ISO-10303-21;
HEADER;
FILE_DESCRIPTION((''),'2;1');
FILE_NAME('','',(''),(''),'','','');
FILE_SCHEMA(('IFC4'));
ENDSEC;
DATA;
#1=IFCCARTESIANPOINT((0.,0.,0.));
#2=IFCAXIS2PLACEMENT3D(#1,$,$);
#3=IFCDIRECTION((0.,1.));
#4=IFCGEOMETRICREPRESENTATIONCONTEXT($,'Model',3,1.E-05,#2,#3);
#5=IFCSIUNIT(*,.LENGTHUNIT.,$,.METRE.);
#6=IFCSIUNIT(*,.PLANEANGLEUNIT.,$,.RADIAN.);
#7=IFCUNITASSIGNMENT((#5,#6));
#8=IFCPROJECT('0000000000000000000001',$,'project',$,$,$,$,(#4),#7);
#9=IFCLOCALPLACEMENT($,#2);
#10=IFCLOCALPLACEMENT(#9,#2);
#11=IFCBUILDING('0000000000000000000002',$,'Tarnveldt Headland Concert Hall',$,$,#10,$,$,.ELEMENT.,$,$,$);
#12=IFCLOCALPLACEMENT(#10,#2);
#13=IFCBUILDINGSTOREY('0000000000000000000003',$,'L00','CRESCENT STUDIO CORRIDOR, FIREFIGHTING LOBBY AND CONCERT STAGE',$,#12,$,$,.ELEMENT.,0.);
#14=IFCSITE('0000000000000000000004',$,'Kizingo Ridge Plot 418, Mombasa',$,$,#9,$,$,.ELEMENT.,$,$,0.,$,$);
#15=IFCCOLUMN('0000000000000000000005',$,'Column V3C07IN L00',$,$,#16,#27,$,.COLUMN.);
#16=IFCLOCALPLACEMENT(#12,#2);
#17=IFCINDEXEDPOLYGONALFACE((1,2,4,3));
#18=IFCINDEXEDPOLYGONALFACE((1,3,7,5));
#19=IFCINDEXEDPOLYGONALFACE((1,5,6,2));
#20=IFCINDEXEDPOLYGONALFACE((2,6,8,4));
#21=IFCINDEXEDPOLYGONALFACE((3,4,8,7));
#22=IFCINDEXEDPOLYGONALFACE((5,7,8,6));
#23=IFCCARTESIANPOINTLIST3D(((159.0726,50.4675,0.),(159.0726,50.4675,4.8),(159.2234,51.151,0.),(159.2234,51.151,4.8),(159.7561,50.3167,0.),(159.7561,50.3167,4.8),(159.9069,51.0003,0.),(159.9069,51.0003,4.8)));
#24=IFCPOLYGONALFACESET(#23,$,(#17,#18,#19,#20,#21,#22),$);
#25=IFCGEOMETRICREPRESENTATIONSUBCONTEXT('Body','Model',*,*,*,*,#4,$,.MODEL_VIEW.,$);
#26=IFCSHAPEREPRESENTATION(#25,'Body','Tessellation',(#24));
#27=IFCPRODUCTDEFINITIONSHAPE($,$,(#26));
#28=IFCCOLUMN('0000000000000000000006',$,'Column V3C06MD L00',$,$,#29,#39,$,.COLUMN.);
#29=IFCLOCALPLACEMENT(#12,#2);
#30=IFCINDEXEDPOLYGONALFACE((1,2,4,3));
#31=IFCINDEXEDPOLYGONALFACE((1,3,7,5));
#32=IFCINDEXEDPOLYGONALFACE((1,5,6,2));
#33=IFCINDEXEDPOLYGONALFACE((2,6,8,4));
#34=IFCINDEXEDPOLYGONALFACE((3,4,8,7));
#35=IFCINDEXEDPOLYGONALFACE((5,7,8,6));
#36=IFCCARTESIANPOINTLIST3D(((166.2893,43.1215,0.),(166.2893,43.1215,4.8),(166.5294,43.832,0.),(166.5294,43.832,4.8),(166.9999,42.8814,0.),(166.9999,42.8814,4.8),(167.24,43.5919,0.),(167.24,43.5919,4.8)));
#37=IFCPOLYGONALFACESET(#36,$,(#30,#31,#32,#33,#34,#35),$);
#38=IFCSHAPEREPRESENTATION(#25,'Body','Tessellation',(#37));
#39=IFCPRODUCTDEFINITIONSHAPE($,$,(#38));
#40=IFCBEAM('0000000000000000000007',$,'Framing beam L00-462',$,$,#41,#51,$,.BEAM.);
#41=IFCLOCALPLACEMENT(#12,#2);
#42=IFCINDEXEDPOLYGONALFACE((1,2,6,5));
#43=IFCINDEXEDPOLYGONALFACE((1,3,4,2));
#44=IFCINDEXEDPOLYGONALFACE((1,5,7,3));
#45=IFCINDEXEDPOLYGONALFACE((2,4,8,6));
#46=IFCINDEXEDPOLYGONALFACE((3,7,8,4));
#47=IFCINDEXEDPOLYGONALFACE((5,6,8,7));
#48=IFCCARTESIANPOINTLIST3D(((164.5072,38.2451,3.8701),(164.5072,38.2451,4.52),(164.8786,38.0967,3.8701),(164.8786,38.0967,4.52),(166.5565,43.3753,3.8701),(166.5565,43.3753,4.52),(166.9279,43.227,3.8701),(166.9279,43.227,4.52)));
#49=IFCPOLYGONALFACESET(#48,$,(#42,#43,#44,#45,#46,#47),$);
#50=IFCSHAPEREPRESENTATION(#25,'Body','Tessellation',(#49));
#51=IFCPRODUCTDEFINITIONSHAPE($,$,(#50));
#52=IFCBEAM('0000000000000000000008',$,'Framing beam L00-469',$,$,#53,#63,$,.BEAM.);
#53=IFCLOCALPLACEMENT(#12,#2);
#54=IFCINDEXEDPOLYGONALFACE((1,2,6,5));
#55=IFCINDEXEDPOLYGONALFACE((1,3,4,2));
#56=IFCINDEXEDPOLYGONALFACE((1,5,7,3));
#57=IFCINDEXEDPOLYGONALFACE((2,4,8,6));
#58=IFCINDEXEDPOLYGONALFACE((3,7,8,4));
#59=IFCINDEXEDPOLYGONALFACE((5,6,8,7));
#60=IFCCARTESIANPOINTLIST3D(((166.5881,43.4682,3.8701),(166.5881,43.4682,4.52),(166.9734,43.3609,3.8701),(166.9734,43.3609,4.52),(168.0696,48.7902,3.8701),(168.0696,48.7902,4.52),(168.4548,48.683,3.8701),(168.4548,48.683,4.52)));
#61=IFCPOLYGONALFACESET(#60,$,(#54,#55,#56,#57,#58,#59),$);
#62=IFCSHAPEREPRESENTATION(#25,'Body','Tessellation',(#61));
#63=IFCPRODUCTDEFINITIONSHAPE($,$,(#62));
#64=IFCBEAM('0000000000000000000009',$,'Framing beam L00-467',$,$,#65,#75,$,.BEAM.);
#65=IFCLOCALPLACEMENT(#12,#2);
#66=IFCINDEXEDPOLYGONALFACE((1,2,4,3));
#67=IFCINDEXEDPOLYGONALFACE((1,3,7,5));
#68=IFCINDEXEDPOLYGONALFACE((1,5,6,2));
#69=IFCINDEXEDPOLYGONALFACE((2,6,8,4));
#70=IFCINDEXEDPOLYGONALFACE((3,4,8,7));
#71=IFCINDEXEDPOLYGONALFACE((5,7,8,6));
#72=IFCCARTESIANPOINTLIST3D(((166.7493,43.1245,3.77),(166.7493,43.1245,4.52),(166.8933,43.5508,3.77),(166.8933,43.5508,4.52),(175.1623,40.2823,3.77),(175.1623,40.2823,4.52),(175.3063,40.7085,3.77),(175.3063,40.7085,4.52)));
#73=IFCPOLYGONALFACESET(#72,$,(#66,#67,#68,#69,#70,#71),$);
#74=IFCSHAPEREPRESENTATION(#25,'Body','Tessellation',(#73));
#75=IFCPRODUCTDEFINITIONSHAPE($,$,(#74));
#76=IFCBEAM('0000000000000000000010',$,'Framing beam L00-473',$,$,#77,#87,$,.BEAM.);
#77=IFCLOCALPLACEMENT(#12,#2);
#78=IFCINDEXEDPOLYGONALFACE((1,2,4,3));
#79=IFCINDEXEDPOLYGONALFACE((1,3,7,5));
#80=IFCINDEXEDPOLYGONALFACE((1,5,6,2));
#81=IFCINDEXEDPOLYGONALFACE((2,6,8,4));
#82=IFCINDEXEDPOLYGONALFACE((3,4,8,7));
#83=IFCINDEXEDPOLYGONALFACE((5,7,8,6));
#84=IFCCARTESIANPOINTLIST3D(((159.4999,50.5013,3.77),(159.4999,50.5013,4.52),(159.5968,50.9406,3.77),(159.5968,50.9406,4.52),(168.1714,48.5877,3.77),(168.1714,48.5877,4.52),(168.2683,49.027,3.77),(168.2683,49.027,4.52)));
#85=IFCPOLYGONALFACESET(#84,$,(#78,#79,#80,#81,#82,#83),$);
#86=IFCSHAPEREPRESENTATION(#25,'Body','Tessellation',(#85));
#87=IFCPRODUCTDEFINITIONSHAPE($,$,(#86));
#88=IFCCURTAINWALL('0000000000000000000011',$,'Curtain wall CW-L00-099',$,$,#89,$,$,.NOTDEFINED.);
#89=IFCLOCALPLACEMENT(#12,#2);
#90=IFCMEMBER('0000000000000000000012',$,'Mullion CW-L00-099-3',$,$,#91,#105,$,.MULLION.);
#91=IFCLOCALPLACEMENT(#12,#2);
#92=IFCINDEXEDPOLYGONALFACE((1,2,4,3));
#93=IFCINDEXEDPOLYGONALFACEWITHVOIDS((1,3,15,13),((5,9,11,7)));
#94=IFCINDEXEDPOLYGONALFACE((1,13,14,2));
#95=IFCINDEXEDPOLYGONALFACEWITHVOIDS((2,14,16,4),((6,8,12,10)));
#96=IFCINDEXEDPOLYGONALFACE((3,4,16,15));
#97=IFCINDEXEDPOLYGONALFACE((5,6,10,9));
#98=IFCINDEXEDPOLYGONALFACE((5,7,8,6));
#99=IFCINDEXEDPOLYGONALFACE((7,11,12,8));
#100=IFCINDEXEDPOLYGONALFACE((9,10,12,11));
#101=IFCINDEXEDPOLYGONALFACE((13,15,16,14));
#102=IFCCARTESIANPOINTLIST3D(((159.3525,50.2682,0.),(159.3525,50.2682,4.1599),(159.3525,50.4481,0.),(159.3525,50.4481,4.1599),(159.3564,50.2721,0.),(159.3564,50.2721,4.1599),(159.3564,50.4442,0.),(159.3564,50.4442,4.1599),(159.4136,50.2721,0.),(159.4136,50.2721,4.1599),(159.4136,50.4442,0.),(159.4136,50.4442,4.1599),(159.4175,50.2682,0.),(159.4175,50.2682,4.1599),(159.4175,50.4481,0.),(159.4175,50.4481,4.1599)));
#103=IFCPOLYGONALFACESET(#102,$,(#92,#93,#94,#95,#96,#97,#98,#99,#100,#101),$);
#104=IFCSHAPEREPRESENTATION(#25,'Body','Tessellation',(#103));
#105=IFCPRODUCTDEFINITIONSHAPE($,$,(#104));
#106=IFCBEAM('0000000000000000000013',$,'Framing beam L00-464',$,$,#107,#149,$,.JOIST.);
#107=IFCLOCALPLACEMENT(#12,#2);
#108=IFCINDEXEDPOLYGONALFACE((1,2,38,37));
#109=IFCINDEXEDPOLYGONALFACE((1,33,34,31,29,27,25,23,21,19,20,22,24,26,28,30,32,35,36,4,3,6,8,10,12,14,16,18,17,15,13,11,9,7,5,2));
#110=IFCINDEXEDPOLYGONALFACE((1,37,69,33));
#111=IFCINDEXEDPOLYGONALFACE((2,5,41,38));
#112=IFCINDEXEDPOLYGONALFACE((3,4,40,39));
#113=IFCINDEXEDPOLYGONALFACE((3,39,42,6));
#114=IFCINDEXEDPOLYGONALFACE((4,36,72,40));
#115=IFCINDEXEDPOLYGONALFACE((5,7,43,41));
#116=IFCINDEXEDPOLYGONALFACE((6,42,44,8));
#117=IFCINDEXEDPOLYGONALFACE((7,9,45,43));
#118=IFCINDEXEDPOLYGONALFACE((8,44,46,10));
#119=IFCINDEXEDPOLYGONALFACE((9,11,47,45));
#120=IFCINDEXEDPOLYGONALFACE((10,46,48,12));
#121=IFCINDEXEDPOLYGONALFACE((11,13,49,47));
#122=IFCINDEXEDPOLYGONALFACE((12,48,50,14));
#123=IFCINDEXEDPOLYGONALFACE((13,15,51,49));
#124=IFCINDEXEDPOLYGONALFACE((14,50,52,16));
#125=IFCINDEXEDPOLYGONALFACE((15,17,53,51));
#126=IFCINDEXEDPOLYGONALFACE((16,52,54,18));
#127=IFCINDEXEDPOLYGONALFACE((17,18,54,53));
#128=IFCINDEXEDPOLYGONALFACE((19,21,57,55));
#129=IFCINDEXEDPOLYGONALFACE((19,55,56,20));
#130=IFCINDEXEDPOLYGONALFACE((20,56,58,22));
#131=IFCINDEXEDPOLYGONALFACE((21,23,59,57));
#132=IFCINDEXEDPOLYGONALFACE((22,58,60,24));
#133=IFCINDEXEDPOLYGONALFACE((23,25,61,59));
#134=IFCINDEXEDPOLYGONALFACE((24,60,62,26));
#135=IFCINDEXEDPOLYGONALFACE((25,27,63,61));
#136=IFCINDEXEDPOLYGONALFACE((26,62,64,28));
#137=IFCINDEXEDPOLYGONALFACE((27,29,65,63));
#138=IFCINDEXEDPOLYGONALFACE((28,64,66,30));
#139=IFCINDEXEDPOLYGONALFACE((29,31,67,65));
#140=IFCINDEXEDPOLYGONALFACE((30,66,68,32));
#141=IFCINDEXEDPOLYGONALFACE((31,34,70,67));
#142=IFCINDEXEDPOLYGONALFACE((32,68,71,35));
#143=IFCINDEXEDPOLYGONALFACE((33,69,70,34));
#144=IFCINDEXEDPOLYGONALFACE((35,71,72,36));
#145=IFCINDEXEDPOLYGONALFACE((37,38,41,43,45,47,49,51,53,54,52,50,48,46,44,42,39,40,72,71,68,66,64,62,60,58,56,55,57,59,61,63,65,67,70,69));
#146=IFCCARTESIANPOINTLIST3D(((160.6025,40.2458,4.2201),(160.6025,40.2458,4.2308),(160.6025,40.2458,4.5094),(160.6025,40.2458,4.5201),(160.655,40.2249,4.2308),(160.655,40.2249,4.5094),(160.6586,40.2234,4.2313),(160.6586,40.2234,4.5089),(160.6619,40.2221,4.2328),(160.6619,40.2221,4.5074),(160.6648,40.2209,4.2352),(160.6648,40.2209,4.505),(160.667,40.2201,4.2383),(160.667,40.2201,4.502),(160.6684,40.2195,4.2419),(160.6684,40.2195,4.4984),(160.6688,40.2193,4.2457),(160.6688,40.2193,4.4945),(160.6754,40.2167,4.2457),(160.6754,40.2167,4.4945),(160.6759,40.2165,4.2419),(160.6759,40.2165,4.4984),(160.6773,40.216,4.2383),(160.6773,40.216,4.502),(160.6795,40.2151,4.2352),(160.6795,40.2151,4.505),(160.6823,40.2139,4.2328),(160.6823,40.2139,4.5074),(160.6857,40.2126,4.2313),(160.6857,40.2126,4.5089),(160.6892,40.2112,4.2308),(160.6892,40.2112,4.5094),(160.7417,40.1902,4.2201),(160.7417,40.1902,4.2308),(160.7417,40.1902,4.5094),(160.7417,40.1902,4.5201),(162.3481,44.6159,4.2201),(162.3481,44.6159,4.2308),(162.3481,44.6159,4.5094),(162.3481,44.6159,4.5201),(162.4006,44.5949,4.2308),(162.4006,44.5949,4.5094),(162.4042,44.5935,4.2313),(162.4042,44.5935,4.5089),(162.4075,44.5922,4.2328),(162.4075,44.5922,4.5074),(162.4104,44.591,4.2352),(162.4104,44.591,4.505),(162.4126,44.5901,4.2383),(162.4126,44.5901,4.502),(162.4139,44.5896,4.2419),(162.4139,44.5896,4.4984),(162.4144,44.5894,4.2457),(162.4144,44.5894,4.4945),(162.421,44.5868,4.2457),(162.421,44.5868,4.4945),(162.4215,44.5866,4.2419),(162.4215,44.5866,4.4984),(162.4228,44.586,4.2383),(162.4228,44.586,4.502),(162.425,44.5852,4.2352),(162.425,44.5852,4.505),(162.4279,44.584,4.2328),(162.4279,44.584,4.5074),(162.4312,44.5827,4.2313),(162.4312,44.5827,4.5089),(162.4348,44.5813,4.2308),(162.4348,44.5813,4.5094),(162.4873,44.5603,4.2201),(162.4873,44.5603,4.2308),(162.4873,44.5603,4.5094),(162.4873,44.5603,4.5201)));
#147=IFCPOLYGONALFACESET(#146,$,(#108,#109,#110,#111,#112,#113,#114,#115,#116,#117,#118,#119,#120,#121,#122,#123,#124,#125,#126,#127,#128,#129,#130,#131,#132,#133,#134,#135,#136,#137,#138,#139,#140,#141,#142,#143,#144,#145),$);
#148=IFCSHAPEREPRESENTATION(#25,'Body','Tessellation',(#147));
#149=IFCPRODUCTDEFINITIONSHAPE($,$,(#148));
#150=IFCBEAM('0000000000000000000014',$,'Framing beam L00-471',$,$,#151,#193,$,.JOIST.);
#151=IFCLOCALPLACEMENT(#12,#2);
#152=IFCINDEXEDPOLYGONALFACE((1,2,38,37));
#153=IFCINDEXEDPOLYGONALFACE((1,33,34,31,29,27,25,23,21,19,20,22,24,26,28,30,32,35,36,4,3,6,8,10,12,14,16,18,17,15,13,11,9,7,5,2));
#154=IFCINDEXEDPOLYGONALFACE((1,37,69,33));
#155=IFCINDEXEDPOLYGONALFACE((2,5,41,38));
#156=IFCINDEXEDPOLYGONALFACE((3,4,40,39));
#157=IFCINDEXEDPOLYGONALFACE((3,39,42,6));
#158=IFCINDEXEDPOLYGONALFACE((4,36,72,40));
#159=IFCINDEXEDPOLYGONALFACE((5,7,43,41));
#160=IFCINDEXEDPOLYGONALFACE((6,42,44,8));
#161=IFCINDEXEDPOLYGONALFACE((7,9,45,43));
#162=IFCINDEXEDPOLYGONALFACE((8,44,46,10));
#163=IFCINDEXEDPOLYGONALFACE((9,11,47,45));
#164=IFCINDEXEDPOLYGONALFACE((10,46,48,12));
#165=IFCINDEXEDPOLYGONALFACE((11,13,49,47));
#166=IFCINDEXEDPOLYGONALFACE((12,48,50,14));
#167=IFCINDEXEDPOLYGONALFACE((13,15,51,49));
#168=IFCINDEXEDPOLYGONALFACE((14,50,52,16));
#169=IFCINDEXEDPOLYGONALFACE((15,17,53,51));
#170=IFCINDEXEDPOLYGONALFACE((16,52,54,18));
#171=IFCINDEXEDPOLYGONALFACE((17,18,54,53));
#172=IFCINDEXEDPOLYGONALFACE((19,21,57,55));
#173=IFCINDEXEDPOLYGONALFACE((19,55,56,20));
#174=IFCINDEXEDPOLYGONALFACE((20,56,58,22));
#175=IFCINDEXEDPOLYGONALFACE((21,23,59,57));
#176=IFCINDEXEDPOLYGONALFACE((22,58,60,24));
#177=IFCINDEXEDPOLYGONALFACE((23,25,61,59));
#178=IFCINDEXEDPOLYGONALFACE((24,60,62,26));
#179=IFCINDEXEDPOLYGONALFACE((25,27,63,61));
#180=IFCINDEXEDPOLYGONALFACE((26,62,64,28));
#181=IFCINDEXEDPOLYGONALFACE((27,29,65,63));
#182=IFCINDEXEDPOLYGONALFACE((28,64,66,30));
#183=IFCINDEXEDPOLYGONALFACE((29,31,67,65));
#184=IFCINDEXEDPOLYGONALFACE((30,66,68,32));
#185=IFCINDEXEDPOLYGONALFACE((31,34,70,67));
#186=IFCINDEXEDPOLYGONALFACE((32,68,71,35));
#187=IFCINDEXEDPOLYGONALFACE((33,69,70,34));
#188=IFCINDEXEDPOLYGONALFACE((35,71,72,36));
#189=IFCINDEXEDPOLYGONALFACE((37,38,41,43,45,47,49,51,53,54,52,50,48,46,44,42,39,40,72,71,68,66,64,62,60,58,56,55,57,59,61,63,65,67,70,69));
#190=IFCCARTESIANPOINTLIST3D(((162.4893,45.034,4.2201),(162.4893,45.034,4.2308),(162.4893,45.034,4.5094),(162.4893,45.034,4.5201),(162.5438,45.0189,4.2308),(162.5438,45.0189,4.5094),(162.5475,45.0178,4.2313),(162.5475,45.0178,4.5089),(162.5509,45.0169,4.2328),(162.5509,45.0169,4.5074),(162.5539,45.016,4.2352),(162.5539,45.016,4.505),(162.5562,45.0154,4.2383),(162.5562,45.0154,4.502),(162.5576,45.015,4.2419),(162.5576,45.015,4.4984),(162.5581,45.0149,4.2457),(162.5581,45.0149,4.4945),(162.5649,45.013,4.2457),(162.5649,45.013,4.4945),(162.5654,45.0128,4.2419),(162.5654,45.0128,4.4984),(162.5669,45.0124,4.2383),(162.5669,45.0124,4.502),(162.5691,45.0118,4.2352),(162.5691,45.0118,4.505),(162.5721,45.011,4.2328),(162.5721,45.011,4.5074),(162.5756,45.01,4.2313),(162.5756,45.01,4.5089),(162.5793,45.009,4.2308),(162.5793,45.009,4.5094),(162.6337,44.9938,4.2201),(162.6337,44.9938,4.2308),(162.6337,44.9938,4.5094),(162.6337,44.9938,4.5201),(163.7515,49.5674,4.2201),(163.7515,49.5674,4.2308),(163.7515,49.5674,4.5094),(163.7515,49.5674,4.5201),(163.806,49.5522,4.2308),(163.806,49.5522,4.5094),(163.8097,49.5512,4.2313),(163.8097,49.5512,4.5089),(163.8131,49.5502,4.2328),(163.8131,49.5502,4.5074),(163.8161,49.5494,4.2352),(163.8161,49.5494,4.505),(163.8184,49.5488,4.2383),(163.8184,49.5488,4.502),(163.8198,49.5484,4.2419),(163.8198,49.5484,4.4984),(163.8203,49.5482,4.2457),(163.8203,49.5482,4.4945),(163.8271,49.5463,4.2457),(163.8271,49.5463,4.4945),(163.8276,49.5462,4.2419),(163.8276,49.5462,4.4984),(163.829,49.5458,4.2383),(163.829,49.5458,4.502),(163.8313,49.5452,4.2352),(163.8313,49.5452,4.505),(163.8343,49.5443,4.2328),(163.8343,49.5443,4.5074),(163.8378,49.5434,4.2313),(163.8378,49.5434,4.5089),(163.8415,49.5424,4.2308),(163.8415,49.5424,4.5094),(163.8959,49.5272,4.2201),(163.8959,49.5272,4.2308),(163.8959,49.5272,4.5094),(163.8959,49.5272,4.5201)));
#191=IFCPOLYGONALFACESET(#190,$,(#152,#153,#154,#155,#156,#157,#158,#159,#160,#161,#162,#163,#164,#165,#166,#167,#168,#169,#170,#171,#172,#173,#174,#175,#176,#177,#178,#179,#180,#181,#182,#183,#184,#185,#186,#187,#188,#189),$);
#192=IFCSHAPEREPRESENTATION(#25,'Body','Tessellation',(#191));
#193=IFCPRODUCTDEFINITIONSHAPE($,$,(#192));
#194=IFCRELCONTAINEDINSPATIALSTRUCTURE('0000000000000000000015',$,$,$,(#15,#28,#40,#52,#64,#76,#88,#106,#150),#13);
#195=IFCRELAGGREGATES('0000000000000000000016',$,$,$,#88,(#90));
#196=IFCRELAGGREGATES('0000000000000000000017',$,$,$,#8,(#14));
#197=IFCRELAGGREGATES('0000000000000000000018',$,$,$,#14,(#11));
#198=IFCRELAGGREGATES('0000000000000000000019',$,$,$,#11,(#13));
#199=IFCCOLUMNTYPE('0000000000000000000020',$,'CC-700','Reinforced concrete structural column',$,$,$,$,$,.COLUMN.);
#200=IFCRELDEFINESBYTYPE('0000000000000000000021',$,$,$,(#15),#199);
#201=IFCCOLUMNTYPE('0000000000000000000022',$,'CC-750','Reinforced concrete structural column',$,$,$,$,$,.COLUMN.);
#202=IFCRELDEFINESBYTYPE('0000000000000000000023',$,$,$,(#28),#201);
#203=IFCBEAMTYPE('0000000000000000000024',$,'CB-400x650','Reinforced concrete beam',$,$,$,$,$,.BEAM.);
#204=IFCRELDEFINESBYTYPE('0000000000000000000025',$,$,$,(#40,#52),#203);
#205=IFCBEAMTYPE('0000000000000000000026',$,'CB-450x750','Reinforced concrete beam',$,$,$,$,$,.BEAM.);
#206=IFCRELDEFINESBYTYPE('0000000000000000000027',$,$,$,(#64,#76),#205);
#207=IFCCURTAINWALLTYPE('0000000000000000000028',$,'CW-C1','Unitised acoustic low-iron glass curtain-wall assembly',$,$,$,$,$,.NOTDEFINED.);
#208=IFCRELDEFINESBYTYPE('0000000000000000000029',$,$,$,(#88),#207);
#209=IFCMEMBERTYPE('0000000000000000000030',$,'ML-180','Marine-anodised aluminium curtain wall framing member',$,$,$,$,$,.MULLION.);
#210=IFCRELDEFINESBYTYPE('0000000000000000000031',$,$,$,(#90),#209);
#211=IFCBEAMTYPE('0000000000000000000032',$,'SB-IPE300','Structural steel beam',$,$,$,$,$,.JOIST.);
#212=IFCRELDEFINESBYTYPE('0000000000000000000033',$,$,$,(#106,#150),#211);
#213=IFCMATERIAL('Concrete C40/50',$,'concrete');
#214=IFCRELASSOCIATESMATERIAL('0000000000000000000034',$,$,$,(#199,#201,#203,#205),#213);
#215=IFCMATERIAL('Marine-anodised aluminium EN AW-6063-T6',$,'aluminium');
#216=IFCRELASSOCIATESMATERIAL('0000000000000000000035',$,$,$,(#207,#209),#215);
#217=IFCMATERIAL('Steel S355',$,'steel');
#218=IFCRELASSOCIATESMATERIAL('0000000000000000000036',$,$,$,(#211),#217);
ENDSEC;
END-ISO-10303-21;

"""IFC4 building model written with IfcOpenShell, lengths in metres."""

from ifc_helpers import new_model, si_unit, direction, frame, origin, origin_2d, place, context, subcontext, project, spatial, rectangle, hollow_rectangle, i_section, extrude, material, material_profile, profile_set, type_object, element, aggregate, save


model = new_model("IFC4")

# Units and contexts
model_context = context("Model", 3, precision=1e-05, world=origin(), true_north=direction((0.0, 1.0)))
body_context = subcontext(model_context, "Body", "Model", "MODEL_VIEW")
ifc_project = project(units=[si_unit("LENGTHUNIT", "METRE"), si_unit("PLANEANGLEUNIT", "RADIAN")], contexts=[model_context])

# Site, building, storey
site_placement = place(None, origin())
site = spatial("IfcSite", under=ifc_project, at=site_placement, Name="Kizingo Ridge Plot 418, Mombasa", CompositionType="ELEMENT", RefElevation=0.0)
building_placement = place(site_placement, origin())
building = spatial("IfcBuilding", under=site, at=building_placement, Name="Tarnveldt Headland Concert Hall", CompositionType="ELEMENT")
storey_placement = place(building_placement, origin())
storey = spatial("IfcBuildingStorey", under=building, at=storey_placement, Name="L00", Description="CRESCENT STUDIO CORRIDOR, FIREFIGHTING LOBBY AND CONCERT STAGE", CompositionType="ELEMENT", Elevation=0.0)

# Columns
ifc_material_1 = material(Name="Concrete C40/50", Category="concrete")
ifc_material_profile_1 = material_profile(ifc_material_1, rectangle(XDim=0.7, YDim=0.7, at=origin_2d()), Name="RC 700x700", Category="concrete")
ifc_profile_set_1 = profile_set([ifc_material_profile_1], Name="Concrete C40/50")
column_type_1 = type_object("IfcColumnType", Name="CC-700", Description="Reinforced concrete structural column", PredefinedType="COLUMN", material=ifc_profile_set_1)
column_1_placement = place(storey_placement, frame((159.4897, 50.7339, 0.0), z_axis=(0.0, 0.0, 1.0), x_axis=(0.976522, -0.215417, 0.0)))
element("IfcColumn", 1, at=column_1_placement, inside=storey, type_object=column_type_1, Name="Column V3C07IN L00", PredefinedType="COLUMN", context=body_context, shape_type="SweptSolid", body=[
    extrude(rectangle(XDim=0.7, YDim=0.7, at=origin_2d()), origin(), (0.0, 0.0, 1.0), 4.8),
])
ifc_material_profile_2 = material_profile(ifc_material_1, rectangle(XDim=0.75, YDim=0.75, at=origin_2d()), Name="RC 750x750", Category="concrete")
ifc_profile_set_2 = profile_set([ifc_material_profile_2], Name="Concrete C40/50")
column_type_2 = type_object("IfcColumnType", Name="CC-750", Description="Reinforced concrete structural column", PredefinedType="COLUMN", material=ifc_profile_set_2)
column_2_placement = place(storey_placement, frame((166.7646, 43.3567, 0.0), z_axis=(0.0, 0.0, 1.0), x_axis=(0.947378, -0.320117, 0.0)))
element("IfcColumn", 2, at=column_2_placement, inside=storey, type_object=column_type_2, Name="Column V3C06MD L00", PredefinedType="COLUMN", context=body_context, shape_type="SweptSolid", body=[
    extrude(rectangle(XDim=0.75, YDim=0.75, at=origin_2d()), origin(), (0.0, 0.0, 1.0), 4.8),
])

# Beams
ifc_material_profile_3 = material_profile(ifc_material_1, rectangle(XDim=0.3999, YDim=0.6499, at=origin_2d()), Name="RC 400x650", Category="concrete")
ifc_profile_set_3 = profile_set([ifc_material_profile_3], Name="Concrete C40/50")
beam_type_1 = type_object("IfcBeamType", Name="CB-400x650", Description="Reinforced concrete beam", PredefinedType="BEAM", material=ifc_profile_set_3)
for number, where, z_axis, x_axis, name in (
    (3, (164.6929, 38.1709, 4.1951), (0.370964, 0.928647, 0.0), (-0.928647, 0.370964, 0.0), "Framing beam L00-462"),
    (4, (166.7808, 43.4146, 4.1951), (0.268166, 0.963373, 0.0), (-0.963373, 0.268166, 0.0), "Framing beam L00-469"),
):
    element("IfcBeam", number, at=place(storey_placement, frame(where, z_axis=z_axis, x_axis=x_axis)), inside=storey, type_object=beam_type_1, Name=name, PredefinedType="BEAM", context=body_context, shape_type="SweptSolid", body=[
        extrude(rectangle(XDim=0.3999, YDim=0.6499, at=origin_2d()), origin(), (0.0, 0.0, 1.0), 5.5244),
    ])
ifc_material_profile_4 = material_profile(ifc_material_1, rectangle(XDim=0.45, YDim=0.75, at=origin_2d()), Name="RC 450x750", Category="concrete")
ifc_profile_set_4 = profile_set([ifc_material_profile_4], Name="Concrete C40/50")
beam_type_2 = type_object("IfcBeamType", Name="CB-450x750", Description="Reinforced concrete beam", PredefinedType="BEAM", material=ifc_profile_set_4)
for number, where, z_axis, x_axis, name in (
    (5, (166.8213, 43.3376, 4.145), (0.947394, -0.320069, 0.0), (0.320069, 0.947394, 0.0), "Framing beam L00-467"),
    (6, (159.5483, 50.7209, 4.145), (0.976506, -0.215492, 0.0), (0.215492, 0.976506, 0.0), "Framing beam L00-473"),
):
    element("IfcBeam", number, at=place(storey_placement, frame(where, z_axis=z_axis, x_axis=x_axis)), inside=storey, type_object=beam_type_2, Name=name, PredefinedType="BEAM", context=body_context, shape_type="SweptSolid", body=[
        extrude(rectangle(XDim=0.45, YDim=0.75, at=origin_2d()), origin(), (0.0, 0.0, 1.0), 8.8801),
    ])

# Curtain wall, member
ifc_material_2 = material(Name="Marine-anodised aluminium EN AW-6063-T6", Category="aluminium")
curtain_wall_type = type_object("IfcCurtainWallType", Name="CW-C1", Description="Unitised acoustic low-iron glass curtain-wall assembly", PredefinedType="NOTDEFINED", material=ifc_material_2)
curtain_wall_placement = place(storey_placement, origin())
curtain_wall = element("IfcCurtainWall", 7, at=curtain_wall_placement, inside=storey, type_object=curtain_wall_type, Name="Curtain wall CW-L00-099", PredefinedType="NOTDEFINED")
ifc_material_profile_5 = material_profile(ifc_material_2, hollow_rectangle(XDim=0.0649, YDim=0.1799, WallThickness=0.0039, at=origin_2d()), Name="ALU MULLION 65x180x4", Category="aluminium")
ifc_profile_set_5 = profile_set([ifc_material_profile_5], Name="Marine-anodised aluminium EN AW-6063-T6")
member_type = type_object("IfcMemberType", Name="ML-180", Description="Marine-anodised aluminium curtain wall framing member", PredefinedType="MULLION", material=ifc_profile_set_5)
member_placement = place(storey_placement, frame((159.385, 50.3582, 0.0), z_axis=(0.0, 0.0, 1.0), x_axis=(1.0, 0.0, 0.0)))
member = element("IfcMember", 8, at=member_placement, type_object=member_type, Name="Mullion CW-L00-099-3", PredefinedType="MULLION", context=body_context, shape_type="SweptSolid", body=[
    extrude(hollow_rectangle(XDim=0.0649, YDim=0.1799, WallThickness=0.0039, at=origin_2d()), origin(), (0.0, 0.0, 1.0), 4.1599),
])
aggregate(curtain_wall, [member])

# Beams
ifc_material_3 = material(Name="Steel S355", Category="steel")
ifc_material_profile_6 = material_profile(ifc_material_3, i_section(OverallWidth=0.1499, OverallDepth=0.3, WebThickness=0.0071, FlangeThickness=0.0107, FilletRadius=0.0149, at=origin_2d()), Name="IPE300", Category="steel")
ifc_profile_set_6 = profile_set([ifc_material_profile_6], Name="Steel S355")
beam_type_3 = type_object("IfcBeamType", Name="SB-IPE300", Description="Structural steel beam", PredefinedType="JOIST", material=ifc_profile_set_6)
for number, where, z_axis, x_axis, name in (
    (9, (160.6721, 40.218, 4.3701), (0.370943, 0.928655, 0.0), (-0.928655, 0.370943, 0.0), "Framing beam L00-464"),
    (10, (162.5615, 45.0139, 4.3701), (0.268219, 0.963358, 0.0), (-0.963358, 0.268219, 0.0), "Framing beam L00-471"),
):
    element("IfcBeam", number, at=place(storey_placement, frame(where, z_axis=z_axis, x_axis=x_axis)), inside=storey, type_object=beam_type_3, Name=name, PredefinedType="JOIST", context=body_context, shape_type="SweptSolid", body=[
        extrude(i_section(OverallWidth=0.1499, OverallDepth=0.3, WebThickness=0.0071, FlangeThickness=0.0107, FilletRadius=0.0149, at=origin_2d()), origin(), (0.0, 0.0, 1.0), 4.7058),
    ])

save(model, "model.ifc")
